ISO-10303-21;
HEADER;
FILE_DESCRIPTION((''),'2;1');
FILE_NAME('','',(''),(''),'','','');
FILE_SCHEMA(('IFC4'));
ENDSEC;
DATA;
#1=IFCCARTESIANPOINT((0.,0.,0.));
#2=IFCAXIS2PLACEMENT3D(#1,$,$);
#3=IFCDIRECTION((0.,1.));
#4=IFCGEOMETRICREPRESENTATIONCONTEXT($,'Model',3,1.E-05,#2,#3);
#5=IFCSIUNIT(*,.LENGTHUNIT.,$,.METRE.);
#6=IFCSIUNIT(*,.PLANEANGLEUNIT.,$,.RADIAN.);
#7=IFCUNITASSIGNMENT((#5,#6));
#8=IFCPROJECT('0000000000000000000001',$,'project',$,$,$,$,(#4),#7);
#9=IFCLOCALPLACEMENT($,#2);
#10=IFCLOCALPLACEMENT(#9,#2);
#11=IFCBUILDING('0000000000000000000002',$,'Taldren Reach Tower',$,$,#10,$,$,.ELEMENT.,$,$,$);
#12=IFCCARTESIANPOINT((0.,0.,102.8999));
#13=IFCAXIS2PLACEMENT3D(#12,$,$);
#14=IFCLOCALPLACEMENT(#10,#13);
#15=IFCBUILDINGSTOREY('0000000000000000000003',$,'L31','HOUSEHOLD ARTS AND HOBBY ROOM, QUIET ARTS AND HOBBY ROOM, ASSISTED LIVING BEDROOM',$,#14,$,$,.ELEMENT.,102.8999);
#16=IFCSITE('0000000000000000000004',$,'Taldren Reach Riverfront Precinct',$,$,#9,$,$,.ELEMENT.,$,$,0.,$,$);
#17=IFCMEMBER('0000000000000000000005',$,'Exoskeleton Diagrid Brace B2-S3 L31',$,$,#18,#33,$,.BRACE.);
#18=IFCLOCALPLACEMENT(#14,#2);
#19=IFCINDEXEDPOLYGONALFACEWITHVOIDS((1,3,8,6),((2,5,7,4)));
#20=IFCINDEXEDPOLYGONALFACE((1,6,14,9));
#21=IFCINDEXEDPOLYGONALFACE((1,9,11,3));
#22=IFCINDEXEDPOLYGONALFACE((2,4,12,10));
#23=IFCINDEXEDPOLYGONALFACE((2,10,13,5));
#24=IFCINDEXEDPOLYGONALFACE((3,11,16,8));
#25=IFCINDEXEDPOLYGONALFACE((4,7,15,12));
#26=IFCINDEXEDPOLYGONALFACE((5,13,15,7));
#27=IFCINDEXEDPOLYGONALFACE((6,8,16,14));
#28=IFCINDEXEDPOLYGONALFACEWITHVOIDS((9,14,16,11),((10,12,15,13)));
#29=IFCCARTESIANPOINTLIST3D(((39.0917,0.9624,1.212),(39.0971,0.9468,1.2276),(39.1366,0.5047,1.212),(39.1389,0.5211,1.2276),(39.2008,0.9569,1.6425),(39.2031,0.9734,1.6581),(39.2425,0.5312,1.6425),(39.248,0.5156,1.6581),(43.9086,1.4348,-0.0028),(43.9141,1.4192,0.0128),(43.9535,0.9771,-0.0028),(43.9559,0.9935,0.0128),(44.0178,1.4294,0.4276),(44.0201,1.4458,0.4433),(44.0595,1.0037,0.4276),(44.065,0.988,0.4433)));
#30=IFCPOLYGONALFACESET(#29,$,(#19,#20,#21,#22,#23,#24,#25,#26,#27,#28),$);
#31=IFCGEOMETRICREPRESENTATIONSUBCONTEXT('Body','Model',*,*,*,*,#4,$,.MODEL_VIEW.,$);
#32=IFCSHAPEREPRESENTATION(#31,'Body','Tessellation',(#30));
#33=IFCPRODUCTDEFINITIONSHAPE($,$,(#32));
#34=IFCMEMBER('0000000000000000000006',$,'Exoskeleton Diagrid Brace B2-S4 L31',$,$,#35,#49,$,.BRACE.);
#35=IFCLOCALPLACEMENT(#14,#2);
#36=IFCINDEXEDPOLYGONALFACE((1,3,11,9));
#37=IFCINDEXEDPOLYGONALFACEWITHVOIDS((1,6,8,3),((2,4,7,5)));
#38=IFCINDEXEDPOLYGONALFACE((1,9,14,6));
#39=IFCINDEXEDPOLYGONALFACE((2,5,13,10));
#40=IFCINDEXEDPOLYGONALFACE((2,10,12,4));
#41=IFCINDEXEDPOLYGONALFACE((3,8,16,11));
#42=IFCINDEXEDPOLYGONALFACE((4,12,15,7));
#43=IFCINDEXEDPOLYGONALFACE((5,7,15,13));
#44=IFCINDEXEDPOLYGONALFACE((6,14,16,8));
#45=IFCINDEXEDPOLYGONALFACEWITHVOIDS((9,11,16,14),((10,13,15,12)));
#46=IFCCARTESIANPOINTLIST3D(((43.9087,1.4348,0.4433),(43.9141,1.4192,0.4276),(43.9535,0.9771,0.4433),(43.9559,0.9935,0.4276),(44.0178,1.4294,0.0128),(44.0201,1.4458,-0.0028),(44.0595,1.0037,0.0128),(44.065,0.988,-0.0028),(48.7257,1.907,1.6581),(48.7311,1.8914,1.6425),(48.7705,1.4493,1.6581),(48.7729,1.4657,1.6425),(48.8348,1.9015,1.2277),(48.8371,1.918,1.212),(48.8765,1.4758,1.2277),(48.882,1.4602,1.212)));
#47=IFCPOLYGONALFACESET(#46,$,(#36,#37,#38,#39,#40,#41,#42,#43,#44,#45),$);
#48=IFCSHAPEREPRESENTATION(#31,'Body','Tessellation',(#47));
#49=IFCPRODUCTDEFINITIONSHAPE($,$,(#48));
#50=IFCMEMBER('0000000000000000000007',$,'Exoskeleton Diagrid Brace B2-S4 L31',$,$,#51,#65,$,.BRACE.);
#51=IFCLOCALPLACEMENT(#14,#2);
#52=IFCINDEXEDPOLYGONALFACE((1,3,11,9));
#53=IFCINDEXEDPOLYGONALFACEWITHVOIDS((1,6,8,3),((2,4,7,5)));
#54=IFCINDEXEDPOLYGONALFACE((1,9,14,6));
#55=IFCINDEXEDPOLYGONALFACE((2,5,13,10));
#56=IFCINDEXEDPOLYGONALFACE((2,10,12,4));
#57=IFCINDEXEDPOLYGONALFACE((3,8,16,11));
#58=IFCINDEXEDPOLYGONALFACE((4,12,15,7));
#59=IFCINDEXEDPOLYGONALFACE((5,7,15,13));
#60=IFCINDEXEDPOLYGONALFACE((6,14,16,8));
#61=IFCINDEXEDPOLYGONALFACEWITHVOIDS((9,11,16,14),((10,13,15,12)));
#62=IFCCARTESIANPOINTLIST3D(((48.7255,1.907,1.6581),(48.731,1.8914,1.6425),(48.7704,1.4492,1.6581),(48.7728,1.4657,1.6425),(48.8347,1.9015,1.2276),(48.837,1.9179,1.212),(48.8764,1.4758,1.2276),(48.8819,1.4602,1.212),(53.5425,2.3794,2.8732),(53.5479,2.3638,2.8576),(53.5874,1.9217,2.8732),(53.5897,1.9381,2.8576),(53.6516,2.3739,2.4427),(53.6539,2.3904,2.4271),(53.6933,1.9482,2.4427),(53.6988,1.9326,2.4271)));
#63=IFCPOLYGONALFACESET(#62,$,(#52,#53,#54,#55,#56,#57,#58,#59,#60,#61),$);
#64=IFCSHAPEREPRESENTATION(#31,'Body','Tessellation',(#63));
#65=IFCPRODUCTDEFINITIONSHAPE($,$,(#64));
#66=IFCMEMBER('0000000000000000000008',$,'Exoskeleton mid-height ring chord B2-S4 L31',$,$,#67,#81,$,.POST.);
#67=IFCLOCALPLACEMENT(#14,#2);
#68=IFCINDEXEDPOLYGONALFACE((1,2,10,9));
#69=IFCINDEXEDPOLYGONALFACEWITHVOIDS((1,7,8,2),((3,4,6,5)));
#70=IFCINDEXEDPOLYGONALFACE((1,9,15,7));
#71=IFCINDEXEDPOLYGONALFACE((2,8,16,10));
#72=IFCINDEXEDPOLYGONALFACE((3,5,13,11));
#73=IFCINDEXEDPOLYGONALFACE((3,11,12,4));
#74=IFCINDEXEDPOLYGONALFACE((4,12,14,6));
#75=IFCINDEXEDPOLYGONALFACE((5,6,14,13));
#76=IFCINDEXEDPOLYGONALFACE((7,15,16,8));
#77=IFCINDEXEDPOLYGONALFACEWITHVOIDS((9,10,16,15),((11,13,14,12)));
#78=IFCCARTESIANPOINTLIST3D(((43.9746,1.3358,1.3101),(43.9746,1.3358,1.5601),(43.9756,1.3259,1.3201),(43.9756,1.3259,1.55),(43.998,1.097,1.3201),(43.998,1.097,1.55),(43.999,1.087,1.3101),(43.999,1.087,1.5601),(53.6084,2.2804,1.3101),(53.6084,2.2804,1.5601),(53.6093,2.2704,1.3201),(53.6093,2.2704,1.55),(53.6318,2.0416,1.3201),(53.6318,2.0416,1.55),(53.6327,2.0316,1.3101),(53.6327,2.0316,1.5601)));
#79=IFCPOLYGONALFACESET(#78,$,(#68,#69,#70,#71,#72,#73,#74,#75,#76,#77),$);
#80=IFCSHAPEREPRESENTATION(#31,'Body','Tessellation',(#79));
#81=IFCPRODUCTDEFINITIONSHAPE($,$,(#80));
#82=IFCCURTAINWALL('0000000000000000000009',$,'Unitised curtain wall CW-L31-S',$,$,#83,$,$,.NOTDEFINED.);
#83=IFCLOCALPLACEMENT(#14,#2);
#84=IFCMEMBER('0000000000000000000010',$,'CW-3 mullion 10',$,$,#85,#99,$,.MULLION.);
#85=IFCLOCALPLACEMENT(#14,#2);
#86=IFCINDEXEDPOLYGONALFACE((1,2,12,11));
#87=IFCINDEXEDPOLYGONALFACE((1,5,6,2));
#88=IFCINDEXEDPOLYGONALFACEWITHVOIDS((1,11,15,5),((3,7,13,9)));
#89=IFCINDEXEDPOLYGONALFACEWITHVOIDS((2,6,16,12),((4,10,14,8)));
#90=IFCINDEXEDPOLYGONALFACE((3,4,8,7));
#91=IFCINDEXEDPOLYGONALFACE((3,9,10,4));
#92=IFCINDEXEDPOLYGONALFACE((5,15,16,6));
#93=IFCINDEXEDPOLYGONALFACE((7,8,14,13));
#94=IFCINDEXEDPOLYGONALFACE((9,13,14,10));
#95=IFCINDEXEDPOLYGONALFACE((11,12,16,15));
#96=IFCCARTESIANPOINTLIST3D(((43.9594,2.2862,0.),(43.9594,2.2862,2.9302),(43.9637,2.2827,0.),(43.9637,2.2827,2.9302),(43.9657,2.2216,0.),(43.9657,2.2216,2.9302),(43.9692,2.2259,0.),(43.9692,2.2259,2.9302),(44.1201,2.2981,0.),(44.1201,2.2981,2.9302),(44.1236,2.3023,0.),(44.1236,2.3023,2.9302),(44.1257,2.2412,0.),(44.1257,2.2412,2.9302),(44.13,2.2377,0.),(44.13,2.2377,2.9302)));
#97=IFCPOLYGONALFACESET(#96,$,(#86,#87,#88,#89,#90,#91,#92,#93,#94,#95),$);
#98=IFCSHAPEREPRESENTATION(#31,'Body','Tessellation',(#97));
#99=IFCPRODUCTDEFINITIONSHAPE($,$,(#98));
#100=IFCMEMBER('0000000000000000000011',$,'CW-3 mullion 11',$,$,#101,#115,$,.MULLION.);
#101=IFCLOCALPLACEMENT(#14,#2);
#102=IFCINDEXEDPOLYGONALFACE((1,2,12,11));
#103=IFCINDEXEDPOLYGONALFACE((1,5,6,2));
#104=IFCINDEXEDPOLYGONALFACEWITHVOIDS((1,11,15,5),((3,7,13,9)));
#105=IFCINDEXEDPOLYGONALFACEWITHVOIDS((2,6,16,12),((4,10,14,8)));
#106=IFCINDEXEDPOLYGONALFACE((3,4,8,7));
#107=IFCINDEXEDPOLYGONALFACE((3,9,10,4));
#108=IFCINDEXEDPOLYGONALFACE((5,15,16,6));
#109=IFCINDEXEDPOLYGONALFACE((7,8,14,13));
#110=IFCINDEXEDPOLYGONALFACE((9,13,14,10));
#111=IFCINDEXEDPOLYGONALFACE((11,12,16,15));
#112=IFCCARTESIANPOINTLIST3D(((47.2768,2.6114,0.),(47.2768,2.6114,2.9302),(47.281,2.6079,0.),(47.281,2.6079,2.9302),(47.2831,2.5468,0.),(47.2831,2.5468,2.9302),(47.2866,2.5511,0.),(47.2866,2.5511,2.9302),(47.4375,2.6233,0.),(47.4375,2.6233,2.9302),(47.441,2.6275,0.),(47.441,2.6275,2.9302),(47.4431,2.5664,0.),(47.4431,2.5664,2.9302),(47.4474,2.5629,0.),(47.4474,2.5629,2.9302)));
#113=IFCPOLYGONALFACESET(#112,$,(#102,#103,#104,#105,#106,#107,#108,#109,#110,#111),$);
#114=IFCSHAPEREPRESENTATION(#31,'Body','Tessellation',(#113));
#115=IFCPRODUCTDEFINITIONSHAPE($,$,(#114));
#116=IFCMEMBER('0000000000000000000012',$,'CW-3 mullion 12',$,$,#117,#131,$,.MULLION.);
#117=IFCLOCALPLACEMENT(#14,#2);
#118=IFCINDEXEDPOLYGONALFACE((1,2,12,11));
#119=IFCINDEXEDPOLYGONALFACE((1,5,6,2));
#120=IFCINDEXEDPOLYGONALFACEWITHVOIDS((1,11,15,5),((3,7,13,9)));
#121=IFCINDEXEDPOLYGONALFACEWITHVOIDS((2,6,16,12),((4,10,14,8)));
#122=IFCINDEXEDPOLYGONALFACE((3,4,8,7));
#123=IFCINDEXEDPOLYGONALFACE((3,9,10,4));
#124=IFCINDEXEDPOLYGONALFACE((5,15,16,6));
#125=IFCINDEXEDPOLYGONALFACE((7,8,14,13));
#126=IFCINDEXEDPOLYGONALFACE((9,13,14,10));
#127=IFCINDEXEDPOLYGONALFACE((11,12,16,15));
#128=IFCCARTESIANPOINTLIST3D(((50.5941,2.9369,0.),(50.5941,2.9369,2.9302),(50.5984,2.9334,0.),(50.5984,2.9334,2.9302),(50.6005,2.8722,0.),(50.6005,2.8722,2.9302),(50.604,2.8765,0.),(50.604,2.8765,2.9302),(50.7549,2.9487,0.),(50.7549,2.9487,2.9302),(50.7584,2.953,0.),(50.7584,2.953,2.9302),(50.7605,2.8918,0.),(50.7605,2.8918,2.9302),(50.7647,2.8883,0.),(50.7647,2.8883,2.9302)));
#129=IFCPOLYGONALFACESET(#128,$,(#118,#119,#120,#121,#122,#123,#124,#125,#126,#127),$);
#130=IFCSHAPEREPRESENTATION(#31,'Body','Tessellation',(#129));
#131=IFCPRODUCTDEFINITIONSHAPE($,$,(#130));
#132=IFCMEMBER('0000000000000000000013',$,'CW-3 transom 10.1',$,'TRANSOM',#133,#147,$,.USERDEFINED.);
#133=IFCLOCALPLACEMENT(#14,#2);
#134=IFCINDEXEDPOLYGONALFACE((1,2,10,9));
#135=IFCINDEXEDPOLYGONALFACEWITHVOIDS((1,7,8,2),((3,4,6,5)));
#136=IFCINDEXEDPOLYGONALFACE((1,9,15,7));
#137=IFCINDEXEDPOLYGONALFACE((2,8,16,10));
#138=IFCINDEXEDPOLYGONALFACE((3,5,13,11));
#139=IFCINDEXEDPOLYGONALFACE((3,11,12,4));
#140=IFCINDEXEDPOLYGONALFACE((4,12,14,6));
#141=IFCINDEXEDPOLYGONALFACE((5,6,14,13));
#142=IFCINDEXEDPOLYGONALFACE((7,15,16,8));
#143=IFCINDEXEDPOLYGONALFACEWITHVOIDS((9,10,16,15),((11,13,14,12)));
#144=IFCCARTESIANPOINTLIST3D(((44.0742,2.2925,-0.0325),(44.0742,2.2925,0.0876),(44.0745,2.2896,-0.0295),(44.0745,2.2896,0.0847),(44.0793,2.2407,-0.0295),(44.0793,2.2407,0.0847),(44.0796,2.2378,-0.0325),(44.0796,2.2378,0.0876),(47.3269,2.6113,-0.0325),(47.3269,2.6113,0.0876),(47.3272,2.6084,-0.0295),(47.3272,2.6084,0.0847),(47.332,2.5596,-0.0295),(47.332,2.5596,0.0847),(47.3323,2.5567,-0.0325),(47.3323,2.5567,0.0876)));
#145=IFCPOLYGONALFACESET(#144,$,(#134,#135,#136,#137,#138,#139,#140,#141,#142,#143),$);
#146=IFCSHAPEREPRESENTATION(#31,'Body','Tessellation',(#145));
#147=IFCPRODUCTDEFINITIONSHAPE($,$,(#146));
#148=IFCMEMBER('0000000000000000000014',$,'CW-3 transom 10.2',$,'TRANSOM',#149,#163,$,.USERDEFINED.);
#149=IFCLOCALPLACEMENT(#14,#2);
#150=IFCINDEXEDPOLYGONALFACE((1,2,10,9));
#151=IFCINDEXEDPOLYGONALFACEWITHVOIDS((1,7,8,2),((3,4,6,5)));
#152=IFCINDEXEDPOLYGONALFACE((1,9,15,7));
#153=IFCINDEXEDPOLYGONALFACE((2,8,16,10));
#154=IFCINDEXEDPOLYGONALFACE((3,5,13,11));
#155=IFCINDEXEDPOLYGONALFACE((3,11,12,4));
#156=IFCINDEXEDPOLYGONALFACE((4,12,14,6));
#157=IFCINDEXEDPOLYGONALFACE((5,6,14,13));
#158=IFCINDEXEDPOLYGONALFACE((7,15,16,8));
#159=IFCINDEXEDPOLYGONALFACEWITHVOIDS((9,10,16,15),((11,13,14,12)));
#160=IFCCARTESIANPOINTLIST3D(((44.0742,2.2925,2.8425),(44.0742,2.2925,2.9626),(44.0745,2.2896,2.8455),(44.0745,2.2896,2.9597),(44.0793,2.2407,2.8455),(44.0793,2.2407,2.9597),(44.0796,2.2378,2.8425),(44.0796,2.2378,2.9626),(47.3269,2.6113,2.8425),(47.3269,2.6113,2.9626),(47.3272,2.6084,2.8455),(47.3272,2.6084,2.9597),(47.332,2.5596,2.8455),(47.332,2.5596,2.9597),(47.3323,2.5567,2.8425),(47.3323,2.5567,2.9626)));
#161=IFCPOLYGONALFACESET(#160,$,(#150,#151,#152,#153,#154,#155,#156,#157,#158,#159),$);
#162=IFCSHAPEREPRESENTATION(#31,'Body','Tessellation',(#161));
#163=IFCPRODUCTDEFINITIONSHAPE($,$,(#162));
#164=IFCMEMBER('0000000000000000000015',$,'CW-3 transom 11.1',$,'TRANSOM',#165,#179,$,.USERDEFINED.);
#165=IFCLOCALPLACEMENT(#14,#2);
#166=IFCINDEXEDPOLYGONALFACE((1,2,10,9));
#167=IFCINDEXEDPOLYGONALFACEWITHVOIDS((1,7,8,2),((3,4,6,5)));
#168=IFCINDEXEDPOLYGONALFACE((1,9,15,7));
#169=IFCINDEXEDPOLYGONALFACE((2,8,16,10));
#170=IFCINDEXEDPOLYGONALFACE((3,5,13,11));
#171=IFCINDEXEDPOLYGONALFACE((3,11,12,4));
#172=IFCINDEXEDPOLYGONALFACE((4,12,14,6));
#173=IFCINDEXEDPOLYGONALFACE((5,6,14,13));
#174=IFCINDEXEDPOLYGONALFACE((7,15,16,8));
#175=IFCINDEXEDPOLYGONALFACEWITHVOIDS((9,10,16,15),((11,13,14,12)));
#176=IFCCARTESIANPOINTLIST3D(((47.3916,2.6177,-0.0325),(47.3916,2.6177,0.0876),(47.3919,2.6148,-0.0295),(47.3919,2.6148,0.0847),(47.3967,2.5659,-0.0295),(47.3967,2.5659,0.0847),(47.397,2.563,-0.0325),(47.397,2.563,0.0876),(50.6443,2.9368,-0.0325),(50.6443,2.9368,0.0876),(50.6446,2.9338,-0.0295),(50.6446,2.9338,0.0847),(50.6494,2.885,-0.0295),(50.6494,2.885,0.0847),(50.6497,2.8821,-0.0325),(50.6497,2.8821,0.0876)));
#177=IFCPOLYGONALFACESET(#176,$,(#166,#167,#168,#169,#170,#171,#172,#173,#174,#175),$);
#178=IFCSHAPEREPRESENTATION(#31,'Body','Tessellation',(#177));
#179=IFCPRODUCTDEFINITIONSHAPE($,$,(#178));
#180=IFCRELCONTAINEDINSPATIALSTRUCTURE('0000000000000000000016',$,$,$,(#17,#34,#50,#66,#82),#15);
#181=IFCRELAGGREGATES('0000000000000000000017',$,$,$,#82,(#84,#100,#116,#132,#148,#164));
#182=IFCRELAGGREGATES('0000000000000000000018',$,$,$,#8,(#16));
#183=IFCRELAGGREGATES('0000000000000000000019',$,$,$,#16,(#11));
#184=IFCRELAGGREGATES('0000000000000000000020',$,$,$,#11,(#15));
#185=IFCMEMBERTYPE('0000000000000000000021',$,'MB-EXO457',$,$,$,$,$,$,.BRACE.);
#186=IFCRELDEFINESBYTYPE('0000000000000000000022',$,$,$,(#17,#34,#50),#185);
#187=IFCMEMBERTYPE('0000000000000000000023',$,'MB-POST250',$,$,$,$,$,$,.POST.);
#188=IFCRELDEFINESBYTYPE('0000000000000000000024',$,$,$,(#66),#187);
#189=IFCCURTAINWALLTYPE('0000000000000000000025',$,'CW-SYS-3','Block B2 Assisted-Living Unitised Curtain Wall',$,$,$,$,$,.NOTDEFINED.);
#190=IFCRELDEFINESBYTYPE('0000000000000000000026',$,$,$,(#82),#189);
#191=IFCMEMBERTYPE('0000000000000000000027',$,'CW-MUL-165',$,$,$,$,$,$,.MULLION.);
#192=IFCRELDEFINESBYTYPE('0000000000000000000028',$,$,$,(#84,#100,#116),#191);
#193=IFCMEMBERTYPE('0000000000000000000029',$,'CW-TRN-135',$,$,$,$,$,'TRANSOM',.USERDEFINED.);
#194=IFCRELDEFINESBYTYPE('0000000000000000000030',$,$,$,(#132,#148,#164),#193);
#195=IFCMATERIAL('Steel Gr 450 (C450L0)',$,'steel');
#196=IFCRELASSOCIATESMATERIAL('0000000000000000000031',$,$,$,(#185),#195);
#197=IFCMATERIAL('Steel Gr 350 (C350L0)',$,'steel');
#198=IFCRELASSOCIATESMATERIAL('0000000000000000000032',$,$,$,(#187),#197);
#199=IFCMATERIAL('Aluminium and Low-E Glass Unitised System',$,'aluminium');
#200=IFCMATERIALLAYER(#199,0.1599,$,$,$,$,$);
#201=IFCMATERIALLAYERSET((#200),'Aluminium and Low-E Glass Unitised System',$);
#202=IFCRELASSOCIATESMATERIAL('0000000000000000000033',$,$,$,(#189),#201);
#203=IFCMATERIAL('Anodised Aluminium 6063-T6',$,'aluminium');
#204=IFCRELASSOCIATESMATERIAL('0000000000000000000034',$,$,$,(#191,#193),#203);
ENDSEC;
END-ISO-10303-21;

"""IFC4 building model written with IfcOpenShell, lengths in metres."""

from ifc_helpers import new_model, si_unit, direction, frame, origin, origin_2d, place, context, subcontext, project, spatial, hollow_rectangle, extrude, source, transform, mapped, material, layer, layer_set, material_profile, profile_set, type_object, element, aggregate, save


model = new_model("IFC4")

# Units and contexts
model_context = context("Model", 3, precision=1e-05, world=origin(), true_north=direction((0.0, 1.0)))
body_context = subcontext(model_context, "Body", "Model", "MODEL_VIEW")
ifc_project = project(units=[si_unit("LENGTHUNIT", "METRE"), si_unit("PLANEANGLEUNIT", "RADIAN")], contexts=[model_context])

# Site, building, storey
site_placement = place(None, origin())
site = spatial("IfcSite", under=ifc_project, at=site_placement, Name="Taldren Reach Riverfront Precinct", CompositionType="ELEMENT", RefElevation=0.0)
building_placement = place(site_placement, origin())
building = spatial("IfcBuilding", under=site, at=building_placement, Name="Taldren Reach Tower", CompositionType="ELEMENT")
storey_placement = place(building_placement, frame((0.0, 0.0, 102.8999)))
storey = spatial("IfcBuildingStorey", under=building, at=storey_placement, Name="L31", Description="HOUSEHOLD ARTS AND HOBBY ROOM, QUIET ARTS AND HOBBY ROOM, ASSISTED LIVING BEDROOM", CompositionType="ELEMENT", Elevation=102.8999)

# Members
ifc_material_1 = material(Name="Steel Gr 450 (C450L0)", Category="steel")
ifc_material_profile_1 = material_profile(ifc_material_1, hollow_rectangle(XDim=0.46, YDim=0.46, WallThickness=0.0161, at=origin_2d()), Name="460x460x16.0SHS")
ifc_profile_set_1 = profile_set([ifc_material_profile_1], Name="Steel Gr 450 (C450L0)")
member_type_1 = type_object("IfcMemberType", Name="MB-EXO457", PredefinedType="BRACE", material=ifc_profile_set_1)
shared_shape_1 = source(origin(), body_context, "Body", "SweptSolid", [
    extrude(hollow_rectangle(XDim=0.46, YDim=0.46, WallThickness=0.0161, at=origin_2d()), origin(), (0.0, 0.0, 1.0), 4.9902),
])
for number, where, z_axis, x_axis, name in (
    (1, (43.9868, 1.2114, 0.2202), (-0.965283, -0.094669, 0.243449), (0.097606, -0.995225, 0.0), "Exoskeleton Diagrid Brace B2-S3 L31"),
    (2, (43.9868, 1.2114, 0.2202), (0.965287, 0.094621, 0.24345), (-0.097556, 0.99523, 0.0), "Exoskeleton Diagrid Brace B2-S4 L31"),
    (3, (48.8037, 1.6836, 1.4351), (0.965271, 0.094668, 0.243495), (-0.097606, 0.995225, 0.0), "Exoskeleton Diagrid Brace B2-S4 L31"),
):
    element("IfcMember", number, at=place(storey_placement, frame(where, z_axis=z_axis, x_axis=x_axis)), inside=storey, type_object=member_type_1, Name=name, PredefinedType="BRACE", context=body_context, shape_type="MappedRepresentation", body=[
        mapped(shared_shape_1, transform((0.0, 0.0, 0.0), scale=1.0)),
    ])
ifc_material_2 = material(Name="Steel Gr 350 (C350L0)", Category="steel")
ifc_material_profile_2 = material_profile(ifc_material_2, hollow_rectangle(XDim=0.25, YDim=0.25, WallThickness=0.01, at=origin_2d()), Name="250x250x10.0SHS")
ifc_profile_set_2 = profile_set([ifc_material_profile_2], Name="Steel Gr 350 (C350L0)")
member_type_2 = type_object("IfcMemberType", Name="MB-POST250", PredefinedType="POST", material=ifc_profile_set_2)
shared_shape_2 = source(origin(), body_context, "Body", "SweptSolid", [
    extrude(hollow_rectangle(XDim=0.25, YDim=0.25, WallThickness=0.01, at=origin_2d()), origin(), (0.0, 0.0, 1.0), 9.6799),
])
member_1_placement = place(storey_placement, frame((43.9868, 1.2114, 1.4351), z_axis=(0.995228, 0.097581, 0.0), x_axis=(-0.097581, 0.995228, 0.0)))
element("IfcMember", 4, at=member_1_placement, inside=storey, type_object=member_type_2, Name="Exoskeleton mid-height ring chord B2-S4 L31", PredefinedType="POST", context=body_context, shape_type="MappedRepresentation", body=[
    mapped(shared_shape_2, transform((0.0, 0.0, 0.0), scale=1.0)),
])

# Curtain wall, members
ifc_material_3 = material(Name="Aluminium and Low-E Glass Unitised System", Category="aluminium")
ifc_layer_1 = layer(ifc_material_3, 0.1599)
ifc_layer_set_1 = layer_set([ifc_layer_1], Name="Aluminium and Low-E Glass Unitised System")
curtain_wall_type = type_object("IfcCurtainWallType", Name="CW-SYS-3", Description="Block B2 Assisted-Living Unitised Curtain Wall", PredefinedType="NOTDEFINED", material=ifc_layer_set_1)
curtain_wall_placement = place(storey_placement, origin())
curtain_wall = element("IfcCurtainWall", 5, at=curtain_wall_placement, inside=storey, type_object=curtain_wall_type, Name="Unitised curtain wall CW-L31-S", PredefinedType="NOTDEFINED")
ifc_material_4 = material(Name="Anodised Aluminium 6063-T6", Category="aluminium")
ifc_material_profile_3 = material_profile(ifc_material_4, hollow_rectangle(XDim=0.0649, YDim=0.165, WallThickness=0.0039, at=origin_2d()), Name="ALU-165x65x4RHS")
ifc_profile_set_3 = profile_set([ifc_material_profile_3], Name="Anodised Aluminium 6063-T6")
member_type_3 = type_object("IfcMemberType", Name="CW-MUL-165", PredefinedType="MULLION", material=ifc_profile_set_3)
shared_shape_3 = source(origin(), body_context, "Body", "SweptSolid", [
    extrude(hollow_rectangle(XDim=0.0649, YDim=0.165, WallThickness=0.0039, at=origin_2d()), origin(), (0.0, 0.0, 1.0), 2.9302),
])
member_2_placement = place(storey_placement, frame((44.0447, 2.262, 0.0), z_axis=(0.0, 0.0, 1.0), x_axis=(-0.097583, 0.995227, 0.0)))
member_2 = element("IfcMember", 6, at=member_2_placement, type_object=member_type_3, Name="CW-3 mullion 10", PredefinedType="MULLION", context=body_context, shape_type="MappedRepresentation", body=[
    mapped(shared_shape_3, transform((0.0, 0.0, 0.0), scale=1.0)),
])
member_3_placement = place(storey_placement, frame((47.3621, 2.5872, 0.0), z_axis=(0.0, 0.0, 1.0), x_axis=(-0.097583, 0.995227, 0.0)))
member_3 = element("IfcMember", 7, at=member_3_placement, type_object=member_type_3, Name="CW-3 mullion 11", PredefinedType="MULLION", context=body_context, shape_type="MappedRepresentation", body=[
    mapped(shared_shape_3, transform((0.0, 0.0, 0.0), scale=1.0)),
])
member_4_placement = place(storey_placement, frame((50.6794, 2.9126, 0.0), z_axis=(0.0, 0.0, 1.0), x_axis=(-0.097583, 0.995227, 0.0)))
member_4 = element("IfcMember", 8, at=member_4_placement, type_object=member_type_3, Name="CW-3 mullion 12", PredefinedType="MULLION", context=body_context, shape_type="MappedRepresentation", body=[
    mapped(shared_shape_3, transform((0.0, 0.0, 0.0), scale=1.0)),
])
ifc_material_profile_4 = material_profile(ifc_material_4, hollow_rectangle(XDim=0.0549, YDim=0.1201, WallThickness=0.0029, at=origin_2d()), Name="ALU-120x55x3RHS")
ifc_profile_set_4 = profile_set([ifc_material_profile_4], Name="Anodised Aluminium 6063-T6")
member_type_4 = type_object("IfcMemberType", Name="CW-TRN-135", ElementType="TRANSOM", PredefinedType="USERDEFINED", material=ifc_profile_set_4)
shared_shape_4 = source(origin(), body_context, "Body", "SweptSolid", [
    extrude(hollow_rectangle(XDim=0.0549, YDim=0.1201, WallThickness=0.0029, at=origin_2d()), origin(), (0.0, 0.0, 1.0), 3.2683),
])
member_5_placement = place(storey_placement, frame((44.0769, 2.2651, 0.0276), z_axis=(0.99523, 0.097558, 0.0), x_axis=(-0.097558, 0.99523, 0.0)))
member_5 = element("IfcMember", 9, at=member_5_placement, type_object=member_type_4, Name="CW-3 transom 10.1", ObjectType="TRANSOM", PredefinedType="USERDEFINED", context=body_context, shape_type="MappedRepresentation", body=[
    mapped(shared_shape_4, transform((0.0, 0.0, 0.0), scale=1.0)),
])
member_6_placement = place(storey_placement, frame((44.0769, 2.2651, 2.9026), z_axis=(0.99523, 0.097558, 0.0), x_axis=(-0.097558, 0.99523, 0.0)))
member_6 = element("IfcMember", 10, at=member_6_placement, type_object=member_type_4, Name="CW-3 transom 10.2", ObjectType="TRANSOM", PredefinedType="USERDEFINED", context=body_context, shape_type="MappedRepresentation", body=[
    mapped(shared_shape_4, transform((0.0, 0.0, 0.0), scale=1.0)),
])
member_7_placement = place(storey_placement, frame((47.3943, 2.5903, 0.0276), z_axis=(0.995223, 0.097632, 0.0), x_axis=(-0.097632, 0.995223, 0.0)))
member_7 = element("IfcMember", 11, at=member_7_placement, type_object=member_type_4, Name="CW-3 transom 11.1", ObjectType="TRANSOM", PredefinedType="USERDEFINED", context=body_context, shape_type="MappedRepresentation", body=[
    mapped(shared_shape_4, transform((0.0, 0.0, 0.0), scale=1.0)),
])

aggregate(curtain_wall, [member_2, member_3, member_4, member_5, member_6, member_7])

save(model, "model.ifc")
